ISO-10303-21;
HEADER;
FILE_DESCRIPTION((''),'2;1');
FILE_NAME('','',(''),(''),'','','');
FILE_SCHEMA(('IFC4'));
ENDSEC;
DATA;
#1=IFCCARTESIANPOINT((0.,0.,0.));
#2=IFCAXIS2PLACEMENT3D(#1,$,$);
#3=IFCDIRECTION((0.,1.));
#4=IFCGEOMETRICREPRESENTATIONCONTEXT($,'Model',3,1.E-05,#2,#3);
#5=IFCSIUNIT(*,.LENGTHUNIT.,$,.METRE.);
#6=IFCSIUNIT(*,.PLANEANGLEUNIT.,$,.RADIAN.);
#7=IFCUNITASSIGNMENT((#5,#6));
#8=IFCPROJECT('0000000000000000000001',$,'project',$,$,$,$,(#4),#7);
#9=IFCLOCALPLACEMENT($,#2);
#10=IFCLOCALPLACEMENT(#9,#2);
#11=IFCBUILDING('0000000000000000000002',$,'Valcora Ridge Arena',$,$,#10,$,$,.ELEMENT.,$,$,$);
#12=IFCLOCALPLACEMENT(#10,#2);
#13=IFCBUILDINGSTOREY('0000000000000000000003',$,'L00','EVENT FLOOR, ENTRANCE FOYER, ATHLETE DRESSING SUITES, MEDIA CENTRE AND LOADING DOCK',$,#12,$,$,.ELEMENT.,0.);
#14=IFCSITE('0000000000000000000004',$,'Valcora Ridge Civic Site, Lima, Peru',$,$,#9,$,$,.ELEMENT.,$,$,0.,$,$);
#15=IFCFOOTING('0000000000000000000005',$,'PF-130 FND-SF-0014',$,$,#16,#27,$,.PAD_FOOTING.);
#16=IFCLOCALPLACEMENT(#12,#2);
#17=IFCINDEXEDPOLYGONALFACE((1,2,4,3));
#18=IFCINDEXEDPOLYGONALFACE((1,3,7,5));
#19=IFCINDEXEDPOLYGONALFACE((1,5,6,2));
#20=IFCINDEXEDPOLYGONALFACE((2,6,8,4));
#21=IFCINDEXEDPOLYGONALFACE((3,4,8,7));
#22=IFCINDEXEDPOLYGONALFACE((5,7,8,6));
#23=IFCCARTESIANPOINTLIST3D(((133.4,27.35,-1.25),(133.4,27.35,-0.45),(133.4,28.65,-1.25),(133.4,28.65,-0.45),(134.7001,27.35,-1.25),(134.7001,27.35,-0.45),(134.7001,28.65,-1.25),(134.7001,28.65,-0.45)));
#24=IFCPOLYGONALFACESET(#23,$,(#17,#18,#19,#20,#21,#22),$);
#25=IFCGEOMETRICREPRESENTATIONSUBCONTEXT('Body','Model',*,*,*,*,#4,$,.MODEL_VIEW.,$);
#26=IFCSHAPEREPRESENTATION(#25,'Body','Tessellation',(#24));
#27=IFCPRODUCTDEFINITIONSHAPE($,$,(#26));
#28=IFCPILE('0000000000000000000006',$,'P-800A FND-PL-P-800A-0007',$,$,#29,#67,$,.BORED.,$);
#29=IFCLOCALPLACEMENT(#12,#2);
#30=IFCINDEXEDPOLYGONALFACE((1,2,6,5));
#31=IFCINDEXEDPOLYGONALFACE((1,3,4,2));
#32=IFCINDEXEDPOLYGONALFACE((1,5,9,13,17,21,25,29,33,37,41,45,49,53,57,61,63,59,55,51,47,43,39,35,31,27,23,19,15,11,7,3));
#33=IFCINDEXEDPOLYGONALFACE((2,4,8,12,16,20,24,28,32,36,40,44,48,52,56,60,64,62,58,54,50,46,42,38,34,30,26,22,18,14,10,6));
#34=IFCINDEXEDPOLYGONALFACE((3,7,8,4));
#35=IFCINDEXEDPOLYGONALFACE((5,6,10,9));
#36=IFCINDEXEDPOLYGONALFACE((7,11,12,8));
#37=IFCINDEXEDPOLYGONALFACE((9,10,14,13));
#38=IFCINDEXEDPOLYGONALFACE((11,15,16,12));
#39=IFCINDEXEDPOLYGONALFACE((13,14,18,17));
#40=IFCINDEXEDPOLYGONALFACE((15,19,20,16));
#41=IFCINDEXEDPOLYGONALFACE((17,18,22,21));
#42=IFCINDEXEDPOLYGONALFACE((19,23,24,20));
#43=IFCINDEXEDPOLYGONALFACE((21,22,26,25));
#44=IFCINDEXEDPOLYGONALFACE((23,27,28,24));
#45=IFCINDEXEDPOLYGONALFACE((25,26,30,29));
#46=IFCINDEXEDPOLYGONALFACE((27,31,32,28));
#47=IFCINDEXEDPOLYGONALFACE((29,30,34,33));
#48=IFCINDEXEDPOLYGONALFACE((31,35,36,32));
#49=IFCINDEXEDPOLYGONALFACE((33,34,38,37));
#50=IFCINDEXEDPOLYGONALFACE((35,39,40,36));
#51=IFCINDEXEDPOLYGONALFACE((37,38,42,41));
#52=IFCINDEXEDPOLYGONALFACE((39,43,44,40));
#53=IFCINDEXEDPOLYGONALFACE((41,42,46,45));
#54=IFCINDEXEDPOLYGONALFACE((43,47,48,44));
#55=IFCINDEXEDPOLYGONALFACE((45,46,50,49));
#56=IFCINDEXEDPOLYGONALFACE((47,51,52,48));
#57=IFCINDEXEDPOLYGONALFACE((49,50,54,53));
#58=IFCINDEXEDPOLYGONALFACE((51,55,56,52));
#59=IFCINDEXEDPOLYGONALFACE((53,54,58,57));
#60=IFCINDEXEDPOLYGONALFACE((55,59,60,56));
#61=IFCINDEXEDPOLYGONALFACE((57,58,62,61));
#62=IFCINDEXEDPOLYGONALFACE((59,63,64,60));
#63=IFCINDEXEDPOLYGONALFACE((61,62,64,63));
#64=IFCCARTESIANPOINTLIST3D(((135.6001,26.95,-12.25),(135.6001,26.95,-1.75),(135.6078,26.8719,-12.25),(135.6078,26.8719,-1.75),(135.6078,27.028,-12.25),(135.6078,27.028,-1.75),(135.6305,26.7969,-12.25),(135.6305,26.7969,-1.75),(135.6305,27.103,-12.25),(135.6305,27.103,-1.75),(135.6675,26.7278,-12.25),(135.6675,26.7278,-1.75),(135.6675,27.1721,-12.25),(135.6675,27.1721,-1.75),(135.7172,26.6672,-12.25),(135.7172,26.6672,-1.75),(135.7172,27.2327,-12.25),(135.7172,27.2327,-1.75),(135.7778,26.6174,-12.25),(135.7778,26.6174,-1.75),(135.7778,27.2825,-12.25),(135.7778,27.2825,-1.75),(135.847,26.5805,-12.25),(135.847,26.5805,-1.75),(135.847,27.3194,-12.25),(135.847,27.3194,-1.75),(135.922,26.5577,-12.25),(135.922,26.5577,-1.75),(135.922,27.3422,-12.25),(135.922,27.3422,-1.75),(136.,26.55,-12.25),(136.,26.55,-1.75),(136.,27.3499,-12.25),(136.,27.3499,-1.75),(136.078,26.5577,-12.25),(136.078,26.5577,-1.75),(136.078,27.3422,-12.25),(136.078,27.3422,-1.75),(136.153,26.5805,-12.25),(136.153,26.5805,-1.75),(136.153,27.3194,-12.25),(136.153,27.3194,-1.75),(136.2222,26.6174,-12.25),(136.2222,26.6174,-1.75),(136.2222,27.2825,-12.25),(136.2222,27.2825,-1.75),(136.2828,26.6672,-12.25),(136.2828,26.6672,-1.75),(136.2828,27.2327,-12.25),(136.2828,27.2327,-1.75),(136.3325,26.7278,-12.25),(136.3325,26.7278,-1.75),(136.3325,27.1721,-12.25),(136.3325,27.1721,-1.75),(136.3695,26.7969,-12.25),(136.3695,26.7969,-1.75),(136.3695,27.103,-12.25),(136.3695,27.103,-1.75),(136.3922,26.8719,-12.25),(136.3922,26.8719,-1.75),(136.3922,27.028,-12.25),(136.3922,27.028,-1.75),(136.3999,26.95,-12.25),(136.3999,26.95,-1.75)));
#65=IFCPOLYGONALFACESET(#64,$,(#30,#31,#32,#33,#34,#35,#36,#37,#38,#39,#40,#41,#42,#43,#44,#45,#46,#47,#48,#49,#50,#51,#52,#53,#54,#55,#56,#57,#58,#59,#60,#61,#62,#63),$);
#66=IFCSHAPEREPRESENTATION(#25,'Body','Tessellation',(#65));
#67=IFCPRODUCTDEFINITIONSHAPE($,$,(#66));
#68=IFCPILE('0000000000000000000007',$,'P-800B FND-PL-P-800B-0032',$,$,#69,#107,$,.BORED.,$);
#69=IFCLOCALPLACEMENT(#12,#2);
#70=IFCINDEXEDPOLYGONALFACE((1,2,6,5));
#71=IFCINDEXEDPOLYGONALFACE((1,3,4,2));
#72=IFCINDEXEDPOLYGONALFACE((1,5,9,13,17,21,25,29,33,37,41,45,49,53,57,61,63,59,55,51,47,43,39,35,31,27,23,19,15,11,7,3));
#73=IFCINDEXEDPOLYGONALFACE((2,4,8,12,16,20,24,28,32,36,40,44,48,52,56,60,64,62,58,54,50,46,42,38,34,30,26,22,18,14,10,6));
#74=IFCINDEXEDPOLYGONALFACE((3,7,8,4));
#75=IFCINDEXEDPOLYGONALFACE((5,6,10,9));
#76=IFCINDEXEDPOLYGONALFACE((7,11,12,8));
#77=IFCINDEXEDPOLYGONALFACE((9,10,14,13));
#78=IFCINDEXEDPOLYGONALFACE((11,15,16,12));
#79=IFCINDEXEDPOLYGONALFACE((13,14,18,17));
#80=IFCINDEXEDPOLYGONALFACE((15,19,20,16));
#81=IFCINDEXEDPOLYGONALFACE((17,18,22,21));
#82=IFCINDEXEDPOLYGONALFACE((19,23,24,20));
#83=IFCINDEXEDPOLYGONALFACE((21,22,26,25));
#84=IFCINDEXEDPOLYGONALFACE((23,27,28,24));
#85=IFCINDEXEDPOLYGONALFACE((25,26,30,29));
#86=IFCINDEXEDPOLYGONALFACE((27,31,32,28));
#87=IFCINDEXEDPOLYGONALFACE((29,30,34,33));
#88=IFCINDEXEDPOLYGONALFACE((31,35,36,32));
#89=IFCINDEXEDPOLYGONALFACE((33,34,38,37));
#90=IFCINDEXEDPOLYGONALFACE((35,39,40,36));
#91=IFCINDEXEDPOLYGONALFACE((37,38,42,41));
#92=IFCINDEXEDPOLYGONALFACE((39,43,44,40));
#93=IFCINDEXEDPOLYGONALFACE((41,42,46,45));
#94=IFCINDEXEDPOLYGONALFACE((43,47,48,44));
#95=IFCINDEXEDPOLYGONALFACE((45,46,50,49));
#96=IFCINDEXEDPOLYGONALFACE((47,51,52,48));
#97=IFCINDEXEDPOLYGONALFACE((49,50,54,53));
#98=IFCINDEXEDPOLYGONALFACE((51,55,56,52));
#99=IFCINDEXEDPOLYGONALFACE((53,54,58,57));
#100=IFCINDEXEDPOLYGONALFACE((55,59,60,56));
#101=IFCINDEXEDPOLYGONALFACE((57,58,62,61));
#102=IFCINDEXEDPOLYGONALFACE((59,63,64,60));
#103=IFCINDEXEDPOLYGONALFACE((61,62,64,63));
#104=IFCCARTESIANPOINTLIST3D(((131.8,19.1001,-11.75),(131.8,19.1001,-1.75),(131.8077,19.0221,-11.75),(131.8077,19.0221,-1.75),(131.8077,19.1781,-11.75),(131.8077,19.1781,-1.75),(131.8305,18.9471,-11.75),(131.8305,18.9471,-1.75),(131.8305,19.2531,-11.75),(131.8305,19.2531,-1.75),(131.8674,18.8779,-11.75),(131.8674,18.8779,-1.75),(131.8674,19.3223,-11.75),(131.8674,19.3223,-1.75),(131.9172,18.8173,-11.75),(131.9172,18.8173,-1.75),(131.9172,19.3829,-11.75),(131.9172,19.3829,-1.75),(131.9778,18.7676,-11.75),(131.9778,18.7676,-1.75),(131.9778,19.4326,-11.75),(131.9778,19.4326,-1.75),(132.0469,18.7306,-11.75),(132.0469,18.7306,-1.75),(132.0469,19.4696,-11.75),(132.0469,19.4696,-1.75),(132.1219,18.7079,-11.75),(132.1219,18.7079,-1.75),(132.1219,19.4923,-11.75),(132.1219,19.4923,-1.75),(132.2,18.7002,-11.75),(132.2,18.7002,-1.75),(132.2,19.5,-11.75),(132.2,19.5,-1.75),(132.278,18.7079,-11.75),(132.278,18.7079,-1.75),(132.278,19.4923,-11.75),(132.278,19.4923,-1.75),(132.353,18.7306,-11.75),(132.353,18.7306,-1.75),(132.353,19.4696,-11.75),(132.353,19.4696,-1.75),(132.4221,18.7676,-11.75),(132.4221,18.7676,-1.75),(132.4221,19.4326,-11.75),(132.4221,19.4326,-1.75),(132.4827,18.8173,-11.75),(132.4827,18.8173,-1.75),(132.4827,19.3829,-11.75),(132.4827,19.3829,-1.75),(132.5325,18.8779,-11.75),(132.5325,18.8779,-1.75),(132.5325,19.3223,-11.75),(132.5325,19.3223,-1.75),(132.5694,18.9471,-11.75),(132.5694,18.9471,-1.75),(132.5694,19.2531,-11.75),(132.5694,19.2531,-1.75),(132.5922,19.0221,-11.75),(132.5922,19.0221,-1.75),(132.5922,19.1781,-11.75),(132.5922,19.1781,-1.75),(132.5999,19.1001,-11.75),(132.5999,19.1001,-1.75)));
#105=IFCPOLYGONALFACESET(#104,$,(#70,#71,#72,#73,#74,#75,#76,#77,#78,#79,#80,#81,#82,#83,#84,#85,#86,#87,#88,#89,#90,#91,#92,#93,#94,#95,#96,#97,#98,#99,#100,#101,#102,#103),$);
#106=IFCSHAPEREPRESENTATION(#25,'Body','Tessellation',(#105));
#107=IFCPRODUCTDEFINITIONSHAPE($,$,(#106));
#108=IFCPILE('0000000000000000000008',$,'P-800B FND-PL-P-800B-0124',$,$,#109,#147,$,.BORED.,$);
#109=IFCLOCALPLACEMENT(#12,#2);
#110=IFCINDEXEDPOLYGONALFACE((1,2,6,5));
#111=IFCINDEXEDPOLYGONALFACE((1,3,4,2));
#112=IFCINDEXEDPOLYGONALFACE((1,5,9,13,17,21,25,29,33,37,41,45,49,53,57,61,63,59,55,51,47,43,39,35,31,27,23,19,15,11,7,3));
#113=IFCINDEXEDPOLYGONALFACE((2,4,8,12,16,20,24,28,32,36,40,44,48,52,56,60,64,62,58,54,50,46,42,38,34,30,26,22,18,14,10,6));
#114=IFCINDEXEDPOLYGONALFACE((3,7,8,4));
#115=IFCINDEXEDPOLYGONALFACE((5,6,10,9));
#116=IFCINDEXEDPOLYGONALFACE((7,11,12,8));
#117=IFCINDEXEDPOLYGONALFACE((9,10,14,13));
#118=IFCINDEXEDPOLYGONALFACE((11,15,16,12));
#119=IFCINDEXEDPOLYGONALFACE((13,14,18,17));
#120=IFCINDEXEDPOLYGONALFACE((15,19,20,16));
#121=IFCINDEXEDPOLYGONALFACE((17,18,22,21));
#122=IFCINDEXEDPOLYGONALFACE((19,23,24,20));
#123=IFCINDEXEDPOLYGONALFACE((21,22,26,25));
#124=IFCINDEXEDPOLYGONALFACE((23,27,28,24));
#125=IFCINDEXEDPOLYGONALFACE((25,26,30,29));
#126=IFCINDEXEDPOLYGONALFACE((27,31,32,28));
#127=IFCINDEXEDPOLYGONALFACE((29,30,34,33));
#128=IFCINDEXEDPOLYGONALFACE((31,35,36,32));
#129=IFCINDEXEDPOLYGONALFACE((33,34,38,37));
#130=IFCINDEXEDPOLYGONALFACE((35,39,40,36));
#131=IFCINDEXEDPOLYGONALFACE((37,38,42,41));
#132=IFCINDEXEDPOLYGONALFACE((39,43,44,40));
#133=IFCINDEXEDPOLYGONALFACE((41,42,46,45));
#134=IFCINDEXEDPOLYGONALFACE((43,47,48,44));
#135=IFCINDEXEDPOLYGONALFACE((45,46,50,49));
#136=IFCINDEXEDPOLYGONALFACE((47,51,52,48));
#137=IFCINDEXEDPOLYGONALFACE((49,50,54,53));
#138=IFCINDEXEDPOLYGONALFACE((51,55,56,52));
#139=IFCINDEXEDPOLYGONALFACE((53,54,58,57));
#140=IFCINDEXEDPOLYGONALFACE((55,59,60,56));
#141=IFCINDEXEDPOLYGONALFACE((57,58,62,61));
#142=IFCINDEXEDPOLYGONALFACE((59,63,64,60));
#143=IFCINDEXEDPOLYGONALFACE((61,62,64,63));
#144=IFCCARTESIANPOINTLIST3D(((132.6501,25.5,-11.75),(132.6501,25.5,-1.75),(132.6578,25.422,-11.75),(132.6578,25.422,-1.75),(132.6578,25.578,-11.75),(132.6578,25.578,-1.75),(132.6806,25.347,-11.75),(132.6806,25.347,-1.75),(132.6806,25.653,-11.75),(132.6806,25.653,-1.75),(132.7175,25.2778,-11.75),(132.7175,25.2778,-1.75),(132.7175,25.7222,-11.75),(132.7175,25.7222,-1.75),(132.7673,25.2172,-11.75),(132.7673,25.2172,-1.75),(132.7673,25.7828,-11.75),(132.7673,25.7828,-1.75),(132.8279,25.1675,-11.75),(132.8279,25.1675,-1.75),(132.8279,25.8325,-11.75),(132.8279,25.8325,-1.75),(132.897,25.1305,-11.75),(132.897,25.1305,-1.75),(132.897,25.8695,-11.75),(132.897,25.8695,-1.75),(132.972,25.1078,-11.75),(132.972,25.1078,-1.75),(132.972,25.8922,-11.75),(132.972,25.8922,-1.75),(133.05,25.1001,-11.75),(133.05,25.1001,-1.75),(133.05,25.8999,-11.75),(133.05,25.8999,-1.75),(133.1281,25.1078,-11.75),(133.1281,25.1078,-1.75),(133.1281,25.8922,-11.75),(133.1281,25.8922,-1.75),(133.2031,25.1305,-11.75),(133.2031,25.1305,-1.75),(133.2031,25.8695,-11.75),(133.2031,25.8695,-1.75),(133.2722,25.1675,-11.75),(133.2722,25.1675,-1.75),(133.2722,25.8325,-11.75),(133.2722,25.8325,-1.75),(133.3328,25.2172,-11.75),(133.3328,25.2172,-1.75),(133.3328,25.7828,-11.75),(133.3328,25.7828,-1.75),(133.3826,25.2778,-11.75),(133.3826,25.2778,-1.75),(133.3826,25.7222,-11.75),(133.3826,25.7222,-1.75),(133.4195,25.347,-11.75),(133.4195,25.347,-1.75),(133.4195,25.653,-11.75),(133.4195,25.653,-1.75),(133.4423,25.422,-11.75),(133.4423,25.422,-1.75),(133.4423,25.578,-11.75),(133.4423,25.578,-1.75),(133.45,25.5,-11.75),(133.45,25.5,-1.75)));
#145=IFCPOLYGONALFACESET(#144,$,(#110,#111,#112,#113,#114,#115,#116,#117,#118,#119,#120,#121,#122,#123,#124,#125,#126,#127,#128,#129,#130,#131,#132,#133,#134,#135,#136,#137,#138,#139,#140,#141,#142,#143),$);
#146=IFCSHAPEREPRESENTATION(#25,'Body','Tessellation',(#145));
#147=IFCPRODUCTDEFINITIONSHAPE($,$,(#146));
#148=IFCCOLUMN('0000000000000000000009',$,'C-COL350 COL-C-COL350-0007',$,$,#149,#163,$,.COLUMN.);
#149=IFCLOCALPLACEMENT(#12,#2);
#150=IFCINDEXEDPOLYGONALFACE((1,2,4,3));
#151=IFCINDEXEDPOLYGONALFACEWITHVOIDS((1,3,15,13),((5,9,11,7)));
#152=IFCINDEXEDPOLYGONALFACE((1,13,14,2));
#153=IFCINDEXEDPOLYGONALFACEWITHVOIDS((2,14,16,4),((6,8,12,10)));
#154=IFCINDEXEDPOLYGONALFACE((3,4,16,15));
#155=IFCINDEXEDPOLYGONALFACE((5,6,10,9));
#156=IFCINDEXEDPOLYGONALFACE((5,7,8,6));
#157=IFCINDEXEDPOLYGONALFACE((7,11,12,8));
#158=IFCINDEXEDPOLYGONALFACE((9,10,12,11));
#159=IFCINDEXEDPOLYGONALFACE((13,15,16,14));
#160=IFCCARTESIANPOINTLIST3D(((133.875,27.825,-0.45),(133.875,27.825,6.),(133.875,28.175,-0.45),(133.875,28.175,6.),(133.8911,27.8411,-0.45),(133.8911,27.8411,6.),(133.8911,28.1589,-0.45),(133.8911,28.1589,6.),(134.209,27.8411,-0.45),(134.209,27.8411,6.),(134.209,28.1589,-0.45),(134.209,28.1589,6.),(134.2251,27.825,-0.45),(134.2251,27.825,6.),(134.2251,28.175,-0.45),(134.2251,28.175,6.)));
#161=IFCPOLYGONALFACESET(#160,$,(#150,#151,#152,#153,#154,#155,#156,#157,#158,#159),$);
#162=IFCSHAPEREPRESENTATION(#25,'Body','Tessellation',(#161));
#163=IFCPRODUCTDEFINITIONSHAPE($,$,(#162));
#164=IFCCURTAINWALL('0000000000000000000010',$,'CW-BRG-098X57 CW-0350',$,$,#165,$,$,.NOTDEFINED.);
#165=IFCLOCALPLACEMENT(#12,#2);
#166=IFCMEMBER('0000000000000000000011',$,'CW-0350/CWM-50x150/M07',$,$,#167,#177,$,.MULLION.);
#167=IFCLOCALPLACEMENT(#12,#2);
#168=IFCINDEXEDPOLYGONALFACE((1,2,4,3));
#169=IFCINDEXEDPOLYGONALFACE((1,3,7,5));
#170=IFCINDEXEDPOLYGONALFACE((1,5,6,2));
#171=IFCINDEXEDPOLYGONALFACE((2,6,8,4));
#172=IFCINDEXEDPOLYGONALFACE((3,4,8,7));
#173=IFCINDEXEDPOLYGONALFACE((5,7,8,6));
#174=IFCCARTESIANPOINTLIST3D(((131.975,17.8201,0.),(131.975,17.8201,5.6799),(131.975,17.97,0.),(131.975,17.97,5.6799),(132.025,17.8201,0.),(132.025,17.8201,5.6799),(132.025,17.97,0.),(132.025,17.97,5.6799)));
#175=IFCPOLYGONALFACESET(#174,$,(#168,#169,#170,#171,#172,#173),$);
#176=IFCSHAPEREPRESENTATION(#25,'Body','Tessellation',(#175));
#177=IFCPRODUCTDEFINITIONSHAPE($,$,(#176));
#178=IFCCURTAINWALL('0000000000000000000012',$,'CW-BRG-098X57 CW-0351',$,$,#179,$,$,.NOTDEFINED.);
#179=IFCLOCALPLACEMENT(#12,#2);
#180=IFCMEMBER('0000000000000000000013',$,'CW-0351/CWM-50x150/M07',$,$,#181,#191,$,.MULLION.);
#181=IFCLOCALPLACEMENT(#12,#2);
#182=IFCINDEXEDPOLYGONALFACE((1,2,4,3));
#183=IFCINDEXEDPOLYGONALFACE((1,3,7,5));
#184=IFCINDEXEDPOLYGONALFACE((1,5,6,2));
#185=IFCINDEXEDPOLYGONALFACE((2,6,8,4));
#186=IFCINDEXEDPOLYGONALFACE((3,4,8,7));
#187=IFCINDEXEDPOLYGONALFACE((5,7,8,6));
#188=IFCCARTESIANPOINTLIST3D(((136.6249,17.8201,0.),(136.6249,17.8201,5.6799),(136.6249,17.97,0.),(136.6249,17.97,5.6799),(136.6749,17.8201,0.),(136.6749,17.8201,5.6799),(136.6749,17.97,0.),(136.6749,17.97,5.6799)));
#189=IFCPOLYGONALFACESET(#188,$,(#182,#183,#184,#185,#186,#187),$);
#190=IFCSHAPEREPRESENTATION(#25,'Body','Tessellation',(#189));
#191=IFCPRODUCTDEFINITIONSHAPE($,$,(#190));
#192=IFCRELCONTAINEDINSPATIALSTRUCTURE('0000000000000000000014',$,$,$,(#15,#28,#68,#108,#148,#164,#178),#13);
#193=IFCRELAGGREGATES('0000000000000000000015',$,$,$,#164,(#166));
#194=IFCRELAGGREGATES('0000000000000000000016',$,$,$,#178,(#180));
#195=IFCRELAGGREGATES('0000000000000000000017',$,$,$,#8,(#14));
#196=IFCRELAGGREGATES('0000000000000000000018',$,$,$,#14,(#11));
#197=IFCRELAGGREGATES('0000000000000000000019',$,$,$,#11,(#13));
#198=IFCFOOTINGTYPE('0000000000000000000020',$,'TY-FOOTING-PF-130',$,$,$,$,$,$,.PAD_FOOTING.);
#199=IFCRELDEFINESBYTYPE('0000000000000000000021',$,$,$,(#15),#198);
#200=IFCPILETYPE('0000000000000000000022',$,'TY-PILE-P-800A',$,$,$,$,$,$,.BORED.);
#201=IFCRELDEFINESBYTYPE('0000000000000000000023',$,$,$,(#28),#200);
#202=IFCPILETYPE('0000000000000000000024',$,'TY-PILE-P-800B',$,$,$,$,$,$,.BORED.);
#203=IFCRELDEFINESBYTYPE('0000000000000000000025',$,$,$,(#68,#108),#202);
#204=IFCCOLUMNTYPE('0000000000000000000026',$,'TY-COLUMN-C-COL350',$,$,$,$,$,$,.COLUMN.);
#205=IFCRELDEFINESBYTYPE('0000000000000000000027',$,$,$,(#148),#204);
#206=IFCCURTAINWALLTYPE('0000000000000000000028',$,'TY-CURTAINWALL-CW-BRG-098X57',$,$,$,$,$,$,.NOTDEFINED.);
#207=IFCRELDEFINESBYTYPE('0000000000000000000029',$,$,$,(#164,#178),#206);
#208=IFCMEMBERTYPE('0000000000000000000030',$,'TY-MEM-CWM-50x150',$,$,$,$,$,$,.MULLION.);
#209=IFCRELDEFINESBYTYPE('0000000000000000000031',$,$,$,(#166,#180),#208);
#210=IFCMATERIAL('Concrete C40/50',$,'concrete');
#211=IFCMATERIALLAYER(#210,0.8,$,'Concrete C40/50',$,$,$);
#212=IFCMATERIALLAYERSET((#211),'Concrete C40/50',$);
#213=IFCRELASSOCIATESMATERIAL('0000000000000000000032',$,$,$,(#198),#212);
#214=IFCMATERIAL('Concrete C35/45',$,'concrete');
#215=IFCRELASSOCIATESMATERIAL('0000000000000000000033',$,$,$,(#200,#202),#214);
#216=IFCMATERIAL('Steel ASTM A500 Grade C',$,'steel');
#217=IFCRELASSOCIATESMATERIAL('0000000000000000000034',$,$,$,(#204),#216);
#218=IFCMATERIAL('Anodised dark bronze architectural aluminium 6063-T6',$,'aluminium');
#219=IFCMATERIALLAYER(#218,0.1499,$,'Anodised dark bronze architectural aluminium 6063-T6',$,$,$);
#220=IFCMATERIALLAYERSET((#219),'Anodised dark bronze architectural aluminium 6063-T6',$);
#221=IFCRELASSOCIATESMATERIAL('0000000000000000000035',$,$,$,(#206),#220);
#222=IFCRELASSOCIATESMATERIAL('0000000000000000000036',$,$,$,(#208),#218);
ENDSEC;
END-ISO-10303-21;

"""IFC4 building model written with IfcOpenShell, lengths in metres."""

from ifc_helpers import new_model, si_unit, direction, frame, origin, origin_2d, place, context, subcontext, project, spatial, rectangle, hollow_rectangle, circle, extrude, material, layer, layer_set, material_profile, profile_set, type_object, element, aggregate, save


model = new_model("IFC4")

# Units and contexts
model_context = context("Model", 3, precision=1e-05, world=origin(), true_north=direction((0.0, 1.0)))
body_context = subcontext(model_context, "Body", "Model", "MODEL_VIEW")
ifc_project = project(units=[si_unit("LENGTHUNIT", "METRE"), si_unit("PLANEANGLEUNIT", "RADIAN")], contexts=[model_context])

# Site, building, storey
site_placement = place(None, origin())
site = spatial("IfcSite", under=ifc_project, at=site_placement, Name="Valcora Ridge Civic Site, Lima, Peru", CompositionType="ELEMENT", RefElevation=0.0)
building_placement = place(site_placement, origin())
building = spatial("IfcBuilding", under=site, at=building_placement, Name="Valcora Ridge Arena", CompositionType="ELEMENT")
storey_placement = place(building_placement, origin())
storey = spatial("IfcBuildingStorey", under=building, at=storey_placement, Name="L00", Description="EVENT FLOOR, ENTRANCE FOYER, ATHLETE DRESSING SUITES, MEDIA CENTRE AND LOADING DOCK", CompositionType="ELEMENT", Elevation=0.0)

# Footing
ifc_material_1 = material(Name="Concrete C40/50", Category="concrete")
ifc_layer_1 = layer(ifc_material_1, 0.8, Name="Concrete C40/50")
ifc_layer_set_1 = layer_set([ifc_layer_1], Name="Concrete C40/50")
footing_type = type_object("IfcFootingType", Name="TY-FOOTING-PF-130", PredefinedType="PAD_FOOTING", material=ifc_layer_set_1)
footing_placement = place(storey_placement, frame((134.05, 28.0, -1.25), z_axis=(0.0, 0.0, 1.0), x_axis=(1.0, 0.0, 0.0)))
element("IfcFooting", 1, at=footing_placement, inside=storey, type_object=footing_type, Name="PF-130 FND-SF-0014", PredefinedType="PAD_FOOTING", context=body_context, shape_type="SweptSolid", body=[
    extrude(rectangle(XDim=1.3, YDim=1.3, at=origin_2d()), origin(), (0.0, 0.0, 1.0), 0.8),
])

# Piles
ifc_material_2 = material(Name="Concrete C35/45", Category="concrete")
ifc_material_profile_1 = material_profile(ifc_material_2, circle(Radius=0.3999, at=origin_2d()), Name="BORED PILE D800")
ifc_profile_set_1 = profile_set([ifc_material_profile_1], Name="Concrete C35/45")
pile_type_1 = type_object("IfcPileType", Name="TY-PILE-P-800A", PredefinedType="BORED", material=ifc_profile_set_1)
pile_placement = place(storey_placement, frame((136.0, 26.95, -1.75), z_axis=(0.0, 0.0, -1.0), x_axis=(1.0, 0.0, 0.0)))
element("IfcPile", 2, at=pile_placement, inside=storey, type_object=pile_type_1, Name="P-800A FND-PL-P-800A-0007", PredefinedType="BORED", context=body_context, shape_type="SweptSolid", body=[
    extrude(circle(Radius=0.3999, at=origin_2d()), origin(), (0.0, 0.0, 1.0), 10.5),
])
ifc_material_profile_2 = material_profile(ifc_material_2, circle(Radius=0.3999, at=origin_2d()), Name="BORED PILE D800")
ifc_profile_set_2 = profile_set([ifc_material_profile_2], Name="Concrete C35/45")
pile_type_2 = type_object("IfcPileType", Name="TY-PILE-P-800B", PredefinedType="BORED", material=ifc_profile_set_2)
for number, where, z_axis, x_axis, name in (
    (3, (132.2, 19.1001, -1.75), (0.0, 0.0, -1.0), (1.0, 0.0, 0.0), "P-800B FND-PL-P-800B-0032"),
    (4, (133.05, 25.5, -1.75), (0.0, 0.0, -1.0), (1.0, 0.0, 0.0), "P-800B FND-PL-P-800B-0124"),
):
    element("IfcPile", number, at=place(storey_placement, frame(where, z_axis=z_axis, x_axis=x_axis)), inside=storey, type_object=pile_type_2, Name=name, PredefinedType="BORED", context=body_context, shape_type="SweptSolid", body=[
        extrude(circle(Radius=0.3999, at=origin_2d()), origin(), (0.0, 0.0, 1.0), 10.0),
    ])

# Column
ifc_material_3 = material(Name="Steel ASTM A500 Grade C", Category="steel")
ifc_material_profile_3 = material_profile(ifc_material_3, hollow_rectangle(XDim=0.3501, YDim=0.3501, WallThickness=0.0161, at=origin_2d()), Name="HSS350X350X16")
ifc_profile_set_3 = profile_set([ifc_material_profile_3], Name="Steel ASTM A500 Grade C")
column_type = type_object("IfcColumnType", Name="TY-COLUMN-C-COL350", PredefinedType="COLUMN", material=ifc_profile_set_3)
column_placement = place(storey_placement, frame((134.05, 28.0, -0.45), z_axis=(0.0, 0.0, 1.0), x_axis=(1.0, 0.0, 0.0)))
element("IfcColumn", 5, at=column_placement, inside=storey, type_object=column_type, Name="C-COL350 COL-C-COL350-0007", PredefinedType="COLUMN", context=body_context, shape_type="SweptSolid", body=[
    extrude(hollow_rectangle(XDim=0.3501, YDim=0.3501, WallThickness=0.0161, at=origin_2d()), origin(), (0.0, 0.0, 1.0), 6.45),
])

# Curtain walls, members
ifc_material_4 = material(Name="Anodised dark bronze architectural aluminium 6063-T6", Category="aluminium")
ifc_layer_2 = layer(ifc_material_4, 0.1499, Name="Anodised dark bronze architectural aluminium 6063-T6")
ifc_layer_set_2 = layer_set([ifc_layer_2], Name="Anodised dark bronze architectural aluminium 6063-T6")
curtain_wall_type_1 = type_object("IfcCurtainWallType", Name="TY-CURTAINWALL-CW-BRG-098X57", PredefinedType="NOTDEFINED", material=ifc_layer_set_2)
curtain_wall_1_placement = place(storey_placement, origin())
curtain_wall_1 = element("IfcCurtainWall", 6, at=curtain_wall_1_placement, inside=storey, type_object=curtain_wall_type_1, Name="CW-BRG-098X57 CW-0350", PredefinedType="NOTDEFINED")
ifc_material_profile_4 = material_profile(ifc_material_4, rectangle(XDim=0.05, YDim=0.1499, at=origin_2d()), Name="ALU MULLION 50x150")
ifc_profile_set_4 = profile_set([ifc_material_profile_4], Name="Anodised dark bronze architectural aluminium 6063-T6")
member_type_1 = type_object("IfcMemberType", Name="TY-MEM-CWM-50x150", PredefinedType="MULLION", material=ifc_profile_set_4)
member_1_placement = place(storey_placement, frame((132.0, 17.895, 0.0), z_axis=(0.0, 0.0, 1.0), x_axis=(-1.0, 0.0, 0.0)))
member_1 = element("IfcMember", 7, at=member_1_placement, type_object=member_type_1, Name="CW-0350/CWM-50x150/M07", PredefinedType="MULLION", context=body_context, shape_type="SweptSolid", body=[
    extrude(rectangle(XDim=0.05, YDim=0.1499, at=origin_2d()), origin(), (0.0, 0.0, 1.0), 5.6799),
])
aggregate(curtain_wall_1, [member_1])
curtain_wall_2_placement = place(storey_placement, origin())
curtain_wall_2 = element("IfcCurtainWall", 8, at=curtain_wall_2_placement, inside=storey, type_object=curtain_wall_type_1, Name="CW-BRG-098X57 CW-0351", PredefinedType="NOTDEFINED")
member_2_placement = place(storey_placement, frame((136.6499, 17.895, 0.0), z_axis=(0.0, 0.0, 1.0), x_axis=(-1.0, 0.0, 0.0)))
member_2 = element("IfcMember", 9, at=member_2_placement, type_object=member_type_1, Name="CW-0351/CWM-50x150/M07", PredefinedType="MULLION", context=body_context, shape_type="SweptSolid", body=[
    extrude(rectangle(XDim=0.05, YDim=0.1499, at=origin_2d()), origin(), (0.0, 0.0, 1.0), 5.6799),
])
aggregate(curtain_wall_2, [member_2])

save(model, "model.ifc")
